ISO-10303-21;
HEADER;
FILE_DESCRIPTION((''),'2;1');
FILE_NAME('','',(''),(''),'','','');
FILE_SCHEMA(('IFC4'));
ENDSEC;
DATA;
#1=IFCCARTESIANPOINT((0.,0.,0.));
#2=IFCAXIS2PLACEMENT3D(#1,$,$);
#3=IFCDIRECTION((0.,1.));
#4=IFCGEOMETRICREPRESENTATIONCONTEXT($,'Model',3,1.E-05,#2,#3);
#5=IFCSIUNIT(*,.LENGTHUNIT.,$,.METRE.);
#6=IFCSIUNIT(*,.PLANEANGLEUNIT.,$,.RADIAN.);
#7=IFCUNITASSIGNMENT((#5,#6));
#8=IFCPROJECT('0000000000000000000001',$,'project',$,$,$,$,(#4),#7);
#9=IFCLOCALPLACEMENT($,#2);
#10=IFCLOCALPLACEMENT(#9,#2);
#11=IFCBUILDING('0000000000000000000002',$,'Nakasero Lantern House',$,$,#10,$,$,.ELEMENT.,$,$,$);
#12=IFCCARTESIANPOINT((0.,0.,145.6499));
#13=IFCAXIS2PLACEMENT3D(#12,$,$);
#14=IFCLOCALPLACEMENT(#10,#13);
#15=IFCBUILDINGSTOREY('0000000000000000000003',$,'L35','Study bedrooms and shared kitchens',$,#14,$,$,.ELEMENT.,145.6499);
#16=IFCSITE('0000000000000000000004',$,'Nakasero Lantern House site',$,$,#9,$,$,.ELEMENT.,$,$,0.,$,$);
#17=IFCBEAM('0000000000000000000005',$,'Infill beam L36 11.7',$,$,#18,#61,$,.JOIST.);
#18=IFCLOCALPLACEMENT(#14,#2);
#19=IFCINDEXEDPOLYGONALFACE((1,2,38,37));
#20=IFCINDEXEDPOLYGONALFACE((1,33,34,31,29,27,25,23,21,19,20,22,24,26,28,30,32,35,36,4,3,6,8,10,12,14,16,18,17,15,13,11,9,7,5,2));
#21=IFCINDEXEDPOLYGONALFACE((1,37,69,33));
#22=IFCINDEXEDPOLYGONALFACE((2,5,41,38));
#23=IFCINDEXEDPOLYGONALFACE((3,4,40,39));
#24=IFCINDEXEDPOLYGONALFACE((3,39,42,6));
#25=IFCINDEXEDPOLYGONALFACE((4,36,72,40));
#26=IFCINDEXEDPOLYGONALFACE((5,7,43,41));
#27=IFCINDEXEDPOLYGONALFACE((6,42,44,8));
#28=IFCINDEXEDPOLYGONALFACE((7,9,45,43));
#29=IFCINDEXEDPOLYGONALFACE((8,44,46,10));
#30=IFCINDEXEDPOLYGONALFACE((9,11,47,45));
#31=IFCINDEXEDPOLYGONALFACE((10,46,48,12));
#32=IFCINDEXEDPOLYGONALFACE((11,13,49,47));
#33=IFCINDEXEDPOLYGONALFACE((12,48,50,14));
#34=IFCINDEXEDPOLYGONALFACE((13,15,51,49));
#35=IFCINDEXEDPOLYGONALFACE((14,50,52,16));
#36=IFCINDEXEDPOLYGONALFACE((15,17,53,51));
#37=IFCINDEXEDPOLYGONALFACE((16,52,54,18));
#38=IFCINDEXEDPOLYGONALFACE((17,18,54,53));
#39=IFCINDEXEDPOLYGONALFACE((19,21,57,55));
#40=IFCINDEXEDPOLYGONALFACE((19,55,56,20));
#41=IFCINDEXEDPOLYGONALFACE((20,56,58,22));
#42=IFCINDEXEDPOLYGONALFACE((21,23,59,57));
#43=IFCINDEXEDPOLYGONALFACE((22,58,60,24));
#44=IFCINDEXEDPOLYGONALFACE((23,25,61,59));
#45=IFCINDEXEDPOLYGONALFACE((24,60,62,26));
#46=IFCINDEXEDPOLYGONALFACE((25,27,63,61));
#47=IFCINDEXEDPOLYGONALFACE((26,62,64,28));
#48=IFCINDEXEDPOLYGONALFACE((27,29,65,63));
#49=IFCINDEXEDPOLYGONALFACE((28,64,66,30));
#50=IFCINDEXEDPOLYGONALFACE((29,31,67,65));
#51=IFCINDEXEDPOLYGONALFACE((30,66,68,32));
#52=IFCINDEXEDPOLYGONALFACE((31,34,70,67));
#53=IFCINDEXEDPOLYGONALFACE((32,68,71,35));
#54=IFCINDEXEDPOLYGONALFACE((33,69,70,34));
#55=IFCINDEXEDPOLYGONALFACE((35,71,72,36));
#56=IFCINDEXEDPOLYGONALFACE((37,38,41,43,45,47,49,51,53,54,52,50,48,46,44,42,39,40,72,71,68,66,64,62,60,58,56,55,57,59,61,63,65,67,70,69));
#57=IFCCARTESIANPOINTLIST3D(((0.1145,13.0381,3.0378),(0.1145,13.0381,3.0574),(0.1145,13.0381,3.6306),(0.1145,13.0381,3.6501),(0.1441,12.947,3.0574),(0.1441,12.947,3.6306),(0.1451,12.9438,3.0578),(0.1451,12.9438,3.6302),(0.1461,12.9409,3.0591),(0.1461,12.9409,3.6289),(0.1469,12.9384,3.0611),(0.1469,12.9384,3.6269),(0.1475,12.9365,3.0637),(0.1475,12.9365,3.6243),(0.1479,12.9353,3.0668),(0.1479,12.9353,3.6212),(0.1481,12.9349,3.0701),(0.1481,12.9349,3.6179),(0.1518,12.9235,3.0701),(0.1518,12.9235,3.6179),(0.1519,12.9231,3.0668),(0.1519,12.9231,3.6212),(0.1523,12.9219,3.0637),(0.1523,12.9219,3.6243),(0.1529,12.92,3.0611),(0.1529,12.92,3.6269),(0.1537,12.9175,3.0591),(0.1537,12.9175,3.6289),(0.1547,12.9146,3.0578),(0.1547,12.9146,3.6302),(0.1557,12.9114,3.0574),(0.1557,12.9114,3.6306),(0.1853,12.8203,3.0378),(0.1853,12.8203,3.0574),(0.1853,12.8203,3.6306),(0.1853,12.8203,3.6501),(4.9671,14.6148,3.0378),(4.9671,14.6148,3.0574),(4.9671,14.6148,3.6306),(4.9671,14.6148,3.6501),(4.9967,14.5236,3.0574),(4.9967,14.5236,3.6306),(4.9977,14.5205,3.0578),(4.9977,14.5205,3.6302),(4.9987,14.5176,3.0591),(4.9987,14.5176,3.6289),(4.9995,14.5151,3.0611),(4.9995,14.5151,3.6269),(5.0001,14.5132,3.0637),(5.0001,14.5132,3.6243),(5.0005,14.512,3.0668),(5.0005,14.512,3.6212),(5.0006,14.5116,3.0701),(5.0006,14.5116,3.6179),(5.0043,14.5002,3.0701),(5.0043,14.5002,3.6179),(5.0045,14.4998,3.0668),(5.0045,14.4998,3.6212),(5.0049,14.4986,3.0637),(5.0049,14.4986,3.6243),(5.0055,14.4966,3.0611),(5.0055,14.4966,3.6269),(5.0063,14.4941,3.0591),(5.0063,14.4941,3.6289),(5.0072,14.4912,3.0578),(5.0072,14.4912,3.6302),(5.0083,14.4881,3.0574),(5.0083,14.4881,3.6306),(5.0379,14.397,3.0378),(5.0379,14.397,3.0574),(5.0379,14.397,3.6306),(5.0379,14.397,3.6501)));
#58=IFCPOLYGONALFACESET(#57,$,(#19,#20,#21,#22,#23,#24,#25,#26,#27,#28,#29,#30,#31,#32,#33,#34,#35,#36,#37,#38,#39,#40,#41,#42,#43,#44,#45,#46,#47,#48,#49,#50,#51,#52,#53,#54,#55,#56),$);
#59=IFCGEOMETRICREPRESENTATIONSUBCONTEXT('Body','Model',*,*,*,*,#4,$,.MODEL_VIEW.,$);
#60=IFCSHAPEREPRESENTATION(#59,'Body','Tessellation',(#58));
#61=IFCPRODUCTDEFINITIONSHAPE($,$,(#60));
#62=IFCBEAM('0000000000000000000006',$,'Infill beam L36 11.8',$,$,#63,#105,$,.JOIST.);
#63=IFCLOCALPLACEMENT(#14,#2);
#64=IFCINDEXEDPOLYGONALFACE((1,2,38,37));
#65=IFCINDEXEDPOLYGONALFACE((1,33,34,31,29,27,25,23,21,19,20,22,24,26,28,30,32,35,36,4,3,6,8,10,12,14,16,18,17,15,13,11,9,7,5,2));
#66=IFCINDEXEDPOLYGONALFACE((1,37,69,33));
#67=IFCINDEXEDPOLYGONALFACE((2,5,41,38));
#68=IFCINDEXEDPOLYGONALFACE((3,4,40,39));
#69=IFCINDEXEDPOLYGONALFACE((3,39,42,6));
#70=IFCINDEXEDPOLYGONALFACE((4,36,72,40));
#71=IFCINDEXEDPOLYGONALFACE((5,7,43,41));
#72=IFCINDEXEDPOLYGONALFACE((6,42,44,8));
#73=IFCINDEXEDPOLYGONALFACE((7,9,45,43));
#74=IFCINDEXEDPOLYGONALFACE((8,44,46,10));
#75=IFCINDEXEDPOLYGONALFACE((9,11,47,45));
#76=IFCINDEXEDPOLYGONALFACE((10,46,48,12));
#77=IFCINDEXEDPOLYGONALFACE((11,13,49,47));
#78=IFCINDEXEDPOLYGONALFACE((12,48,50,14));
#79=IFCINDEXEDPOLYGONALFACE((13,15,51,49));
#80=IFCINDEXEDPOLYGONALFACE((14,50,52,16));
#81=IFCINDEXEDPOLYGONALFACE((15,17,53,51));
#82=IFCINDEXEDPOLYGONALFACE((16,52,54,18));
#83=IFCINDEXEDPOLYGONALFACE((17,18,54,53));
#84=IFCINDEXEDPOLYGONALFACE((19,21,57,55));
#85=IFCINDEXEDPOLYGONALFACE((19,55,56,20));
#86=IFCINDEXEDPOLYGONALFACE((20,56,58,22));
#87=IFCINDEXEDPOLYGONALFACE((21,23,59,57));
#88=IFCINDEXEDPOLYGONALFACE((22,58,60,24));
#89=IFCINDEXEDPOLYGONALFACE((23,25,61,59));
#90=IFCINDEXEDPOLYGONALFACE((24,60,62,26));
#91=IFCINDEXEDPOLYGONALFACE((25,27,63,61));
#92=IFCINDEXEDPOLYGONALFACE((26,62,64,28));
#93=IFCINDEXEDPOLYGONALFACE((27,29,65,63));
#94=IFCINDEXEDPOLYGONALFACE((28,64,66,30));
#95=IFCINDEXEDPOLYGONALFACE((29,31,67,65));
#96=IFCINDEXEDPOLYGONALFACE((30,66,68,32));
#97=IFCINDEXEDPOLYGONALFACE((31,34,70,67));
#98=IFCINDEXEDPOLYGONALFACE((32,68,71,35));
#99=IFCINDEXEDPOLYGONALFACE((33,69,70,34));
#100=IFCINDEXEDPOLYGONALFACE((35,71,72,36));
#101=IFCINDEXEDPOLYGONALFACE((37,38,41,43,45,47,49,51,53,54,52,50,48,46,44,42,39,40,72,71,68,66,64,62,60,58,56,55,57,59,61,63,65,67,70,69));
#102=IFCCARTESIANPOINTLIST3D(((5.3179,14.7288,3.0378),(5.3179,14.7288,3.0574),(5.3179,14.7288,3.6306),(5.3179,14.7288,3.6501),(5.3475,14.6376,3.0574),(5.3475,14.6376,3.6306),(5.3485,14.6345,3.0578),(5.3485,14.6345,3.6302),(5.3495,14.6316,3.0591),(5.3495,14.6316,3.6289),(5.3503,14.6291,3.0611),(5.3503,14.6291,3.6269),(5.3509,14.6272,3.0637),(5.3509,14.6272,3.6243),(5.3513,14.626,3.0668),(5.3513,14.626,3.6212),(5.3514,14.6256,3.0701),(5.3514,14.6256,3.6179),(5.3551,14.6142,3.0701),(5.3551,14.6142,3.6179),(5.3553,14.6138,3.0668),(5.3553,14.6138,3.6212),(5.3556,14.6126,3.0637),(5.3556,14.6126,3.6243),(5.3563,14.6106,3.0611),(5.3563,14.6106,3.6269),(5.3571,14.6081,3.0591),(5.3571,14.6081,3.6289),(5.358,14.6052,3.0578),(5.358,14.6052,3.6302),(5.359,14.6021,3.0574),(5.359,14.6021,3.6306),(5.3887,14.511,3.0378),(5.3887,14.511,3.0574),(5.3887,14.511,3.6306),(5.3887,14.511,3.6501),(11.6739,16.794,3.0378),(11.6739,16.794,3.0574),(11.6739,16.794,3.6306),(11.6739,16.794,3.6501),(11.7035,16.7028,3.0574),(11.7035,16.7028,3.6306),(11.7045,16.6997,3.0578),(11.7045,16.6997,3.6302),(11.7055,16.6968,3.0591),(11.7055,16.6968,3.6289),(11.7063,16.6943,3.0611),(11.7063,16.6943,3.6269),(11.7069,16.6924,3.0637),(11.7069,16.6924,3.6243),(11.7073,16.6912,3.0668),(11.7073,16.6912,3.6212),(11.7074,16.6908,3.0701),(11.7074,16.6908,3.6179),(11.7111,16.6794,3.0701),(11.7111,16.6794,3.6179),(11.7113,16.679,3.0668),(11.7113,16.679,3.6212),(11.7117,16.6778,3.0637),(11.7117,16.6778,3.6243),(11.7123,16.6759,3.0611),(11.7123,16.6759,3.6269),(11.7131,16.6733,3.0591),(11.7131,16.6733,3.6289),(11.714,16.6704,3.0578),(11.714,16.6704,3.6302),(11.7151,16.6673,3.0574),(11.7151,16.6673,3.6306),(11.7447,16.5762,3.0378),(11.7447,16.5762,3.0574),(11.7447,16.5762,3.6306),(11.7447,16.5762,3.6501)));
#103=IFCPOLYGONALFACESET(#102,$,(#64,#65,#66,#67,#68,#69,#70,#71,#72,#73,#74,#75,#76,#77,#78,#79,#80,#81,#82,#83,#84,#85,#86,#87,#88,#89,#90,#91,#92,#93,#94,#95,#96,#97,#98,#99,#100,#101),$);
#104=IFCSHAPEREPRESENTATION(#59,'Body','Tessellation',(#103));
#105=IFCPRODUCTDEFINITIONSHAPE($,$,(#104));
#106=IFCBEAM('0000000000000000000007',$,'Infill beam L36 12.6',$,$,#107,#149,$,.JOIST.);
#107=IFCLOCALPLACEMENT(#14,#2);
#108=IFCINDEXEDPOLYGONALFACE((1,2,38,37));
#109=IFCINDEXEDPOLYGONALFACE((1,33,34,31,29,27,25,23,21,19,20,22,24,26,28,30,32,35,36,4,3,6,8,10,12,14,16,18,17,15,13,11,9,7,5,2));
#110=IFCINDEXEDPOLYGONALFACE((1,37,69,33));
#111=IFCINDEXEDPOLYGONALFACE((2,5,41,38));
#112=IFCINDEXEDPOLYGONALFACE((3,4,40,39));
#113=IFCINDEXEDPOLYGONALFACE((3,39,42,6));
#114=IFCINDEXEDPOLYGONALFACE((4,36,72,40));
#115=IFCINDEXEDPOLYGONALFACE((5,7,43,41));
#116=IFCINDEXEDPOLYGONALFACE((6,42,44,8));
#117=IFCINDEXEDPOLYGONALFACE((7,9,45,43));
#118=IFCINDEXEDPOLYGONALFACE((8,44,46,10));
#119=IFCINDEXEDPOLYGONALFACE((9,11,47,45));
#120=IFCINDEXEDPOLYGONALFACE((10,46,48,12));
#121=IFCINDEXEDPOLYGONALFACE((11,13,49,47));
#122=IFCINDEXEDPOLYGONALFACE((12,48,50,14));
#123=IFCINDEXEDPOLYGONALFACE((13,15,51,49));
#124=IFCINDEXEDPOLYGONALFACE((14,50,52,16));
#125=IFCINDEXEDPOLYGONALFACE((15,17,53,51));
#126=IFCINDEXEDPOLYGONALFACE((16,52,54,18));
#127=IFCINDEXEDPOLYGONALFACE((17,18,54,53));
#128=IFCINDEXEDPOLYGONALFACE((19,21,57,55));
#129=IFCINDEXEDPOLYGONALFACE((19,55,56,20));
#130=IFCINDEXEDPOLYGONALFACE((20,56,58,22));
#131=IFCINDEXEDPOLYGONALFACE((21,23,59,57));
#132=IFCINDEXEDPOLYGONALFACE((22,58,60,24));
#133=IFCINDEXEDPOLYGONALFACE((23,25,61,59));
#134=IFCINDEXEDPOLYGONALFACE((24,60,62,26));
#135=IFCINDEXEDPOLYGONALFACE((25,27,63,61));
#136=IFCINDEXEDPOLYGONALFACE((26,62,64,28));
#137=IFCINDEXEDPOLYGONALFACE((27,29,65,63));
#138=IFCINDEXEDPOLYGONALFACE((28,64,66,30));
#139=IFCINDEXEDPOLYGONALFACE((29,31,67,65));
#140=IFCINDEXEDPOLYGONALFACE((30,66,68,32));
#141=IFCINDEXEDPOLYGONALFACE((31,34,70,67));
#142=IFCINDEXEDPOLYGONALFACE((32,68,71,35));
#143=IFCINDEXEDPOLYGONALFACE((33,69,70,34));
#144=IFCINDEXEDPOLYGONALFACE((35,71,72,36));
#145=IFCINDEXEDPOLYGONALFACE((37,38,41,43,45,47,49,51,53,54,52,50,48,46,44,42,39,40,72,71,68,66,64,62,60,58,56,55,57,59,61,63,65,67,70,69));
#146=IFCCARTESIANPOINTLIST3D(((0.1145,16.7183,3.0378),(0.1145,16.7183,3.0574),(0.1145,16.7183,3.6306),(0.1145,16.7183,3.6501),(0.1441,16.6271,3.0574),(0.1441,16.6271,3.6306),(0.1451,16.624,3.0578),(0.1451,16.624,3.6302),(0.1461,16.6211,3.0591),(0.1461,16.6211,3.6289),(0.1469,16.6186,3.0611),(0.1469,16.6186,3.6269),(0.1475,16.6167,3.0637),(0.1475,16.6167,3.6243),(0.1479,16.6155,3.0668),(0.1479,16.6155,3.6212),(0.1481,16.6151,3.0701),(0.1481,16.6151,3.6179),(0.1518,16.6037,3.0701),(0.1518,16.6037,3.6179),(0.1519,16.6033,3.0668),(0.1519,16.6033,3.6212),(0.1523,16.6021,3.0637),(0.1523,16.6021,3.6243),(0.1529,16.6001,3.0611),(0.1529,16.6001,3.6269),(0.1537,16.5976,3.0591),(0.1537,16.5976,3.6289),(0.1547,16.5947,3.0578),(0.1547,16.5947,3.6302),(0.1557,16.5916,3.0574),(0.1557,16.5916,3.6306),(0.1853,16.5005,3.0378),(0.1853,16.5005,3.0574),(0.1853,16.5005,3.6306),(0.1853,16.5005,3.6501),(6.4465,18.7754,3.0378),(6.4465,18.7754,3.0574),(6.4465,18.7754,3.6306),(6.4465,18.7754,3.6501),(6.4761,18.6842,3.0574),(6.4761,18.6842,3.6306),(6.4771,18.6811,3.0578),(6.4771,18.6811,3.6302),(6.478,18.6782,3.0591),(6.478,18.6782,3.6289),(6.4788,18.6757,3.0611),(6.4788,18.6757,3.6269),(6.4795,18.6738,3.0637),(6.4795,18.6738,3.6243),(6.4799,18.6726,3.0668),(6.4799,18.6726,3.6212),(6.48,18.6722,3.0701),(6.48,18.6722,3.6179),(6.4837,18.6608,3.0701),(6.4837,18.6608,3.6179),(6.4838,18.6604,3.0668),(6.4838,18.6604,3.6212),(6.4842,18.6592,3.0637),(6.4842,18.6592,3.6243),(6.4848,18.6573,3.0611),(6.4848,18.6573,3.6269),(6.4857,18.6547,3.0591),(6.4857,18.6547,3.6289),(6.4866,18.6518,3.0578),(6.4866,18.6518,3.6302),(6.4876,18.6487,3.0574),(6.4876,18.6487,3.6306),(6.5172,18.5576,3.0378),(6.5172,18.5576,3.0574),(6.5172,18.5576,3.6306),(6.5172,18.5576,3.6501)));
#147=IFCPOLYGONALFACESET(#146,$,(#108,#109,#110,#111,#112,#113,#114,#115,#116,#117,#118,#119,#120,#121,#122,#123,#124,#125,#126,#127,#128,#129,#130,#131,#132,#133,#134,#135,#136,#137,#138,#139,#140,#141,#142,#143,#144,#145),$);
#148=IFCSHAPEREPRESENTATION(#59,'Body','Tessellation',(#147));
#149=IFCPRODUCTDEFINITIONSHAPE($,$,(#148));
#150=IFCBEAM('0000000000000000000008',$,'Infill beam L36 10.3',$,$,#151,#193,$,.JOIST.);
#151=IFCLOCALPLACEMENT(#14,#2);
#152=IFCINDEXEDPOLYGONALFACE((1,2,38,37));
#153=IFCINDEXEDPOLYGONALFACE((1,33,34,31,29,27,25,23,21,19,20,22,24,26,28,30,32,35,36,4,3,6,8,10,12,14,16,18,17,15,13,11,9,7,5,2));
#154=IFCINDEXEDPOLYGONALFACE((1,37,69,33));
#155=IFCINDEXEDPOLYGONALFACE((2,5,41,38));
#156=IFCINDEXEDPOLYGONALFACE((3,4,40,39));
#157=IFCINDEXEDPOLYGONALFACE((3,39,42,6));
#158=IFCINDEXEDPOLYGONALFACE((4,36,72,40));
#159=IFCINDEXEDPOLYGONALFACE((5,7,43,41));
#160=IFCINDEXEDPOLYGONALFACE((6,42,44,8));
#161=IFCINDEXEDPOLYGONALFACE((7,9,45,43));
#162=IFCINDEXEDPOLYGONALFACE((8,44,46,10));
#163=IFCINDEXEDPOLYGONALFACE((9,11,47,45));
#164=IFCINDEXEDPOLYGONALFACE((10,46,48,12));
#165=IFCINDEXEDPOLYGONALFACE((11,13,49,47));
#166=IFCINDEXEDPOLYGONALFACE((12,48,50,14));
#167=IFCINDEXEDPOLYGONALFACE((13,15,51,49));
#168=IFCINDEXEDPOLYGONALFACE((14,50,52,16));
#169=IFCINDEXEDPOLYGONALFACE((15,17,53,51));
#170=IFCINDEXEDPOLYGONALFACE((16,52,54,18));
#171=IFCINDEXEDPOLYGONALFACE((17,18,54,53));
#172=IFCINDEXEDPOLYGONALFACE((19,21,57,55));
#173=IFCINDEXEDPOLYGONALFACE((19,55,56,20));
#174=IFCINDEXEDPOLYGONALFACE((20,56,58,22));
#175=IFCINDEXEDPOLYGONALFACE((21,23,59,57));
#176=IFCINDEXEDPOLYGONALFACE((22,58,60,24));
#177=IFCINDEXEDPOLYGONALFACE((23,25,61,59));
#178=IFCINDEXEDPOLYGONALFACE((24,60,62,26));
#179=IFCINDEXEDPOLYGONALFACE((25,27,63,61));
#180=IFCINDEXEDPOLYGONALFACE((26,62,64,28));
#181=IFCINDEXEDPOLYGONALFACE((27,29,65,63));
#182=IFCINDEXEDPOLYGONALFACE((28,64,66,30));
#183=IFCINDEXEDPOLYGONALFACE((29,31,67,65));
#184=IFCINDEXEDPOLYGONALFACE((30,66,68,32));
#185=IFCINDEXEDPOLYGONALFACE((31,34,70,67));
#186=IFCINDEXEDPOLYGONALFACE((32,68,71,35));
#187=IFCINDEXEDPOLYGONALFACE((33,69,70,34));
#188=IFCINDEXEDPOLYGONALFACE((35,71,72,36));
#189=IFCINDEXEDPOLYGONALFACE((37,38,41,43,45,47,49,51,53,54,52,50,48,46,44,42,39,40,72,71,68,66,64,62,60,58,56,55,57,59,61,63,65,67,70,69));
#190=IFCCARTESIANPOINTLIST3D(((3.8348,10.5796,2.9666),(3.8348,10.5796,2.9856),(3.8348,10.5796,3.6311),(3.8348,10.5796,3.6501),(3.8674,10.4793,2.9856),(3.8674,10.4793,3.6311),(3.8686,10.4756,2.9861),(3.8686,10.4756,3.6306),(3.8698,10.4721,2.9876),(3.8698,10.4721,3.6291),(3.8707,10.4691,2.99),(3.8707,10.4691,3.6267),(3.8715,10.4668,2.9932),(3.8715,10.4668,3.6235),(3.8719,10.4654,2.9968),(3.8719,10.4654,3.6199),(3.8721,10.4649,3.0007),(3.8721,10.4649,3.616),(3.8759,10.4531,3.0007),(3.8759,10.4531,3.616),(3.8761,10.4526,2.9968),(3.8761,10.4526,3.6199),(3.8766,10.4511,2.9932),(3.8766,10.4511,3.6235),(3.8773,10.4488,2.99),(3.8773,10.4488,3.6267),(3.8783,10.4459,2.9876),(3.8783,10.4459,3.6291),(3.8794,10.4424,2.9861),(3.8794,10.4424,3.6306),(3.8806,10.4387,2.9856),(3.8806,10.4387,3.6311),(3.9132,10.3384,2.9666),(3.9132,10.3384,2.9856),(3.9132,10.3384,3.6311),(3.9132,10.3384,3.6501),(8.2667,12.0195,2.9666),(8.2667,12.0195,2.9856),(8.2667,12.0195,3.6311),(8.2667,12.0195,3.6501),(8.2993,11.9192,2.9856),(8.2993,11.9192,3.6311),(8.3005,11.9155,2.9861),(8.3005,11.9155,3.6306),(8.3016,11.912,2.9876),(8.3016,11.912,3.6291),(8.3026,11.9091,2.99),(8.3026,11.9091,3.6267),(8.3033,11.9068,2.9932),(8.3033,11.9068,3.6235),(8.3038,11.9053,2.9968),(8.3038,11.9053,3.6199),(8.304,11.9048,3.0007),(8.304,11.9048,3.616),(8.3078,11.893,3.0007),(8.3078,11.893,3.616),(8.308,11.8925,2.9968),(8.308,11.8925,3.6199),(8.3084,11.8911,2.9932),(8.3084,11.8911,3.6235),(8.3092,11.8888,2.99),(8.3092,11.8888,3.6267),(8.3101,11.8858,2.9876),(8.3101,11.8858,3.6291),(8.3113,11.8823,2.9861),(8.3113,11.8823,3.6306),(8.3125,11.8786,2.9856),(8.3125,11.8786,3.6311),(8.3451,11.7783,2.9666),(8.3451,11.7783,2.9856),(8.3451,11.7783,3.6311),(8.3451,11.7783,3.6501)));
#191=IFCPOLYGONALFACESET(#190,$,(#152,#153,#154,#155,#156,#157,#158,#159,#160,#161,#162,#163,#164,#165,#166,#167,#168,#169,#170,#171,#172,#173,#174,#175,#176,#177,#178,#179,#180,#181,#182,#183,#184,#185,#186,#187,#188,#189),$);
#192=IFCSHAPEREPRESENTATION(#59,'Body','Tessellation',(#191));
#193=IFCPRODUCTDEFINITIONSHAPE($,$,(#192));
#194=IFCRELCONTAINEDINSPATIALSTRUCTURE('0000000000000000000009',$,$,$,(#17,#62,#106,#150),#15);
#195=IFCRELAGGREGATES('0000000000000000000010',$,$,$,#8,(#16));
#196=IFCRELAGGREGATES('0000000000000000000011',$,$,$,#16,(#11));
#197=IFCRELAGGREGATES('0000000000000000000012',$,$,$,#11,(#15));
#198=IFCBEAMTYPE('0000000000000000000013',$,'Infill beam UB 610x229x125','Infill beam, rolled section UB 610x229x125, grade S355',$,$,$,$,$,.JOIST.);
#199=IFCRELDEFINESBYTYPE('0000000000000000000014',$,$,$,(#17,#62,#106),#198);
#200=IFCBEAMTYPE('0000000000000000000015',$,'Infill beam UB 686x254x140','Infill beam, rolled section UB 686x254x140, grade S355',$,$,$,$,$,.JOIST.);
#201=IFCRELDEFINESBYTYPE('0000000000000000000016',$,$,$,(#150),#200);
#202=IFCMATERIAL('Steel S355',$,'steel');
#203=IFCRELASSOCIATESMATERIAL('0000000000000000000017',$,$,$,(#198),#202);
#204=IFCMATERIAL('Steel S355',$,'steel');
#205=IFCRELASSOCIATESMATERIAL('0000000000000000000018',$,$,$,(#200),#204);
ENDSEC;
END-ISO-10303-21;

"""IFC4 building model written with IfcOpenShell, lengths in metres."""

from ifc_helpers import new_model, si_unit, direction, frame, origin, origin_2d, place, context, subcontext, project, spatial, i_section, extrude, material, material_profile, profile_set, type_object, element, save


model = new_model("IFC4")

# Units and contexts
model_context = context("Model", 3, precision=1e-05, world=origin(), true_north=direction((0.0, 1.0)))
body_context = subcontext(model_context, "Body", "Model", "MODEL_VIEW")
ifc_project = project(units=[si_unit("LENGTHUNIT", "METRE"), si_unit("PLANEANGLEUNIT", "RADIAN")], contexts=[model_context])

# Site, building, storey
site_placement = place(None, origin())
site = spatial("IfcSite", under=ifc_project, at=site_placement, Name="Nakasero Lantern House site", CompositionType="ELEMENT", RefElevation=0.0)
building_placement = place(site_placement, origin())
building = spatial("IfcBuilding", under=site, at=building_placement, Name="Nakasero Lantern House", CompositionType="ELEMENT")
storey_placement = place(building_placement, frame((0.0, 0.0, 145.6499)))
storey = spatial("IfcBuildingStorey", under=building, at=storey_placement, Name="L35", Description="Study bedrooms and shared kitchens", CompositionType="ELEMENT", Elevation=145.6499)

# Beams
ifc_material_1 = material(Name="Steel S355", Category="steel")
ifc_material_profile_1 = material_profile(ifc_material_1, i_section(OverallWidth=0.229, OverallDepth=0.6123, WebThickness=0.012, FlangeThickness=0.0195, FilletRadius=0.0127, at=origin_2d()), Name="UB 610x229x125")
ifc_profile_set_1 = profile_set([ifc_material_profile_1], Name="Steel S355")
beam_type_1 = type_object("IfcBeamType", Name="Infill beam UB 610x229x125", Description="Infill beam, rolled section UB 610x229x125, grade S355", PredefinedType="JOIST", material=ifc_profile_set_1)
beam_1_placement = place(storey_placement, frame((0.1499, 12.9292, 3.344), z_axis=(0.951058, 0.309012, 0.0), x_axis=(-0.309012, 0.951058, 0.0)))
element("IfcBeam", 1, at=beam_1_placement, inside=storey, type_object=beam_type_1, Name="Infill beam L36 11.7", PredefinedType="JOIST", context=body_context, shape_type="SweptSolid", body=[
    extrude(i_section(OverallWidth=0.229, OverallDepth=0.6123, WebThickness=0.012, FlangeThickness=0.0195, FilletRadius=0.0127, at=origin_2d()), origin(), (0.0, 0.0, 1.0), 5.1023),
])
beam_2_placement = place(storey_placement, frame((5.3533, 14.6199, 3.344), z_axis=(0.951056, 0.309018, 0.0), x_axis=(-0.309018, 0.951056, 0.0)))
element("IfcBeam", 2, at=beam_2_placement, inside=storey, type_object=beam_type_1, Name="Infill beam L36 11.8", PredefinedType="JOIST", context=body_context, shape_type="SweptSolid", body=[
    extrude(i_section(OverallWidth=0.229, OverallDepth=0.6123, WebThickness=0.012, FlangeThickness=0.0195, FilletRadius=0.0127, at=origin_2d()), origin(), (0.0, 0.0, 1.0), 6.6831),
])
beam_3_placement = place(storey_placement, frame((0.1499, 16.6094, 3.344), z_axis=(0.951069, 0.30898, 0.0), x_axis=(-0.30898, 0.951069, 0.0)))
element("IfcBeam", 3, at=beam_3_placement, inside=storey, type_object=beam_type_1, Name="Infill beam L36 12.6", PredefinedType="JOIST", context=body_context, shape_type="SweptSolid", body=[
    extrude(i_section(OverallWidth=0.229, OverallDepth=0.6123, WebThickness=0.012, FlangeThickness=0.0195, FilletRadius=0.0127, at=origin_2d()), origin(), (0.0, 0.0, 1.0), 6.6577),
])
ifc_material_2 = material(Name="Steel S355", Category="steel")
ifc_material_profile_2 = material_profile(ifc_material_2, i_section(OverallWidth=0.2537, OverallDepth=0.6836, WebThickness=0.0125, FlangeThickness=0.019, FilletRadius=0.0151, at=origin_2d()), Name="UB 686x254x140")
ifc_profile_set_2 = profile_set([ifc_material_profile_2], Name="Steel S355")
beam_type_2 = type_object("IfcBeamType", Name="Infill beam UB 686x254x140", Description="Infill beam, rolled section UB 686x254x140, grade S355", PredefinedType="JOIST", material=ifc_profile_set_2)
beam_4_placement = place(storey_placement, frame((3.874, 10.459, 3.3083), z_axis=(0.951061, 0.309004, 0.0), x_axis=(-0.309004, 0.951061, 0.0)))
element("IfcBeam", 4, at=beam_4_placement, inside=storey, type_object=beam_type_2, Name="Infill beam L36 10.3", PredefinedType="JOIST", context=body_context, shape_type="SweptSolid", body=[
    extrude(i_section(OverallWidth=0.2537, OverallDepth=0.6836, WebThickness=0.0125, FlangeThickness=0.019, FilletRadius=0.0151, at=origin_2d()), origin(), (0.0, 0.0, 1.0), 4.6599),
])

save(model, "model.ifc")
